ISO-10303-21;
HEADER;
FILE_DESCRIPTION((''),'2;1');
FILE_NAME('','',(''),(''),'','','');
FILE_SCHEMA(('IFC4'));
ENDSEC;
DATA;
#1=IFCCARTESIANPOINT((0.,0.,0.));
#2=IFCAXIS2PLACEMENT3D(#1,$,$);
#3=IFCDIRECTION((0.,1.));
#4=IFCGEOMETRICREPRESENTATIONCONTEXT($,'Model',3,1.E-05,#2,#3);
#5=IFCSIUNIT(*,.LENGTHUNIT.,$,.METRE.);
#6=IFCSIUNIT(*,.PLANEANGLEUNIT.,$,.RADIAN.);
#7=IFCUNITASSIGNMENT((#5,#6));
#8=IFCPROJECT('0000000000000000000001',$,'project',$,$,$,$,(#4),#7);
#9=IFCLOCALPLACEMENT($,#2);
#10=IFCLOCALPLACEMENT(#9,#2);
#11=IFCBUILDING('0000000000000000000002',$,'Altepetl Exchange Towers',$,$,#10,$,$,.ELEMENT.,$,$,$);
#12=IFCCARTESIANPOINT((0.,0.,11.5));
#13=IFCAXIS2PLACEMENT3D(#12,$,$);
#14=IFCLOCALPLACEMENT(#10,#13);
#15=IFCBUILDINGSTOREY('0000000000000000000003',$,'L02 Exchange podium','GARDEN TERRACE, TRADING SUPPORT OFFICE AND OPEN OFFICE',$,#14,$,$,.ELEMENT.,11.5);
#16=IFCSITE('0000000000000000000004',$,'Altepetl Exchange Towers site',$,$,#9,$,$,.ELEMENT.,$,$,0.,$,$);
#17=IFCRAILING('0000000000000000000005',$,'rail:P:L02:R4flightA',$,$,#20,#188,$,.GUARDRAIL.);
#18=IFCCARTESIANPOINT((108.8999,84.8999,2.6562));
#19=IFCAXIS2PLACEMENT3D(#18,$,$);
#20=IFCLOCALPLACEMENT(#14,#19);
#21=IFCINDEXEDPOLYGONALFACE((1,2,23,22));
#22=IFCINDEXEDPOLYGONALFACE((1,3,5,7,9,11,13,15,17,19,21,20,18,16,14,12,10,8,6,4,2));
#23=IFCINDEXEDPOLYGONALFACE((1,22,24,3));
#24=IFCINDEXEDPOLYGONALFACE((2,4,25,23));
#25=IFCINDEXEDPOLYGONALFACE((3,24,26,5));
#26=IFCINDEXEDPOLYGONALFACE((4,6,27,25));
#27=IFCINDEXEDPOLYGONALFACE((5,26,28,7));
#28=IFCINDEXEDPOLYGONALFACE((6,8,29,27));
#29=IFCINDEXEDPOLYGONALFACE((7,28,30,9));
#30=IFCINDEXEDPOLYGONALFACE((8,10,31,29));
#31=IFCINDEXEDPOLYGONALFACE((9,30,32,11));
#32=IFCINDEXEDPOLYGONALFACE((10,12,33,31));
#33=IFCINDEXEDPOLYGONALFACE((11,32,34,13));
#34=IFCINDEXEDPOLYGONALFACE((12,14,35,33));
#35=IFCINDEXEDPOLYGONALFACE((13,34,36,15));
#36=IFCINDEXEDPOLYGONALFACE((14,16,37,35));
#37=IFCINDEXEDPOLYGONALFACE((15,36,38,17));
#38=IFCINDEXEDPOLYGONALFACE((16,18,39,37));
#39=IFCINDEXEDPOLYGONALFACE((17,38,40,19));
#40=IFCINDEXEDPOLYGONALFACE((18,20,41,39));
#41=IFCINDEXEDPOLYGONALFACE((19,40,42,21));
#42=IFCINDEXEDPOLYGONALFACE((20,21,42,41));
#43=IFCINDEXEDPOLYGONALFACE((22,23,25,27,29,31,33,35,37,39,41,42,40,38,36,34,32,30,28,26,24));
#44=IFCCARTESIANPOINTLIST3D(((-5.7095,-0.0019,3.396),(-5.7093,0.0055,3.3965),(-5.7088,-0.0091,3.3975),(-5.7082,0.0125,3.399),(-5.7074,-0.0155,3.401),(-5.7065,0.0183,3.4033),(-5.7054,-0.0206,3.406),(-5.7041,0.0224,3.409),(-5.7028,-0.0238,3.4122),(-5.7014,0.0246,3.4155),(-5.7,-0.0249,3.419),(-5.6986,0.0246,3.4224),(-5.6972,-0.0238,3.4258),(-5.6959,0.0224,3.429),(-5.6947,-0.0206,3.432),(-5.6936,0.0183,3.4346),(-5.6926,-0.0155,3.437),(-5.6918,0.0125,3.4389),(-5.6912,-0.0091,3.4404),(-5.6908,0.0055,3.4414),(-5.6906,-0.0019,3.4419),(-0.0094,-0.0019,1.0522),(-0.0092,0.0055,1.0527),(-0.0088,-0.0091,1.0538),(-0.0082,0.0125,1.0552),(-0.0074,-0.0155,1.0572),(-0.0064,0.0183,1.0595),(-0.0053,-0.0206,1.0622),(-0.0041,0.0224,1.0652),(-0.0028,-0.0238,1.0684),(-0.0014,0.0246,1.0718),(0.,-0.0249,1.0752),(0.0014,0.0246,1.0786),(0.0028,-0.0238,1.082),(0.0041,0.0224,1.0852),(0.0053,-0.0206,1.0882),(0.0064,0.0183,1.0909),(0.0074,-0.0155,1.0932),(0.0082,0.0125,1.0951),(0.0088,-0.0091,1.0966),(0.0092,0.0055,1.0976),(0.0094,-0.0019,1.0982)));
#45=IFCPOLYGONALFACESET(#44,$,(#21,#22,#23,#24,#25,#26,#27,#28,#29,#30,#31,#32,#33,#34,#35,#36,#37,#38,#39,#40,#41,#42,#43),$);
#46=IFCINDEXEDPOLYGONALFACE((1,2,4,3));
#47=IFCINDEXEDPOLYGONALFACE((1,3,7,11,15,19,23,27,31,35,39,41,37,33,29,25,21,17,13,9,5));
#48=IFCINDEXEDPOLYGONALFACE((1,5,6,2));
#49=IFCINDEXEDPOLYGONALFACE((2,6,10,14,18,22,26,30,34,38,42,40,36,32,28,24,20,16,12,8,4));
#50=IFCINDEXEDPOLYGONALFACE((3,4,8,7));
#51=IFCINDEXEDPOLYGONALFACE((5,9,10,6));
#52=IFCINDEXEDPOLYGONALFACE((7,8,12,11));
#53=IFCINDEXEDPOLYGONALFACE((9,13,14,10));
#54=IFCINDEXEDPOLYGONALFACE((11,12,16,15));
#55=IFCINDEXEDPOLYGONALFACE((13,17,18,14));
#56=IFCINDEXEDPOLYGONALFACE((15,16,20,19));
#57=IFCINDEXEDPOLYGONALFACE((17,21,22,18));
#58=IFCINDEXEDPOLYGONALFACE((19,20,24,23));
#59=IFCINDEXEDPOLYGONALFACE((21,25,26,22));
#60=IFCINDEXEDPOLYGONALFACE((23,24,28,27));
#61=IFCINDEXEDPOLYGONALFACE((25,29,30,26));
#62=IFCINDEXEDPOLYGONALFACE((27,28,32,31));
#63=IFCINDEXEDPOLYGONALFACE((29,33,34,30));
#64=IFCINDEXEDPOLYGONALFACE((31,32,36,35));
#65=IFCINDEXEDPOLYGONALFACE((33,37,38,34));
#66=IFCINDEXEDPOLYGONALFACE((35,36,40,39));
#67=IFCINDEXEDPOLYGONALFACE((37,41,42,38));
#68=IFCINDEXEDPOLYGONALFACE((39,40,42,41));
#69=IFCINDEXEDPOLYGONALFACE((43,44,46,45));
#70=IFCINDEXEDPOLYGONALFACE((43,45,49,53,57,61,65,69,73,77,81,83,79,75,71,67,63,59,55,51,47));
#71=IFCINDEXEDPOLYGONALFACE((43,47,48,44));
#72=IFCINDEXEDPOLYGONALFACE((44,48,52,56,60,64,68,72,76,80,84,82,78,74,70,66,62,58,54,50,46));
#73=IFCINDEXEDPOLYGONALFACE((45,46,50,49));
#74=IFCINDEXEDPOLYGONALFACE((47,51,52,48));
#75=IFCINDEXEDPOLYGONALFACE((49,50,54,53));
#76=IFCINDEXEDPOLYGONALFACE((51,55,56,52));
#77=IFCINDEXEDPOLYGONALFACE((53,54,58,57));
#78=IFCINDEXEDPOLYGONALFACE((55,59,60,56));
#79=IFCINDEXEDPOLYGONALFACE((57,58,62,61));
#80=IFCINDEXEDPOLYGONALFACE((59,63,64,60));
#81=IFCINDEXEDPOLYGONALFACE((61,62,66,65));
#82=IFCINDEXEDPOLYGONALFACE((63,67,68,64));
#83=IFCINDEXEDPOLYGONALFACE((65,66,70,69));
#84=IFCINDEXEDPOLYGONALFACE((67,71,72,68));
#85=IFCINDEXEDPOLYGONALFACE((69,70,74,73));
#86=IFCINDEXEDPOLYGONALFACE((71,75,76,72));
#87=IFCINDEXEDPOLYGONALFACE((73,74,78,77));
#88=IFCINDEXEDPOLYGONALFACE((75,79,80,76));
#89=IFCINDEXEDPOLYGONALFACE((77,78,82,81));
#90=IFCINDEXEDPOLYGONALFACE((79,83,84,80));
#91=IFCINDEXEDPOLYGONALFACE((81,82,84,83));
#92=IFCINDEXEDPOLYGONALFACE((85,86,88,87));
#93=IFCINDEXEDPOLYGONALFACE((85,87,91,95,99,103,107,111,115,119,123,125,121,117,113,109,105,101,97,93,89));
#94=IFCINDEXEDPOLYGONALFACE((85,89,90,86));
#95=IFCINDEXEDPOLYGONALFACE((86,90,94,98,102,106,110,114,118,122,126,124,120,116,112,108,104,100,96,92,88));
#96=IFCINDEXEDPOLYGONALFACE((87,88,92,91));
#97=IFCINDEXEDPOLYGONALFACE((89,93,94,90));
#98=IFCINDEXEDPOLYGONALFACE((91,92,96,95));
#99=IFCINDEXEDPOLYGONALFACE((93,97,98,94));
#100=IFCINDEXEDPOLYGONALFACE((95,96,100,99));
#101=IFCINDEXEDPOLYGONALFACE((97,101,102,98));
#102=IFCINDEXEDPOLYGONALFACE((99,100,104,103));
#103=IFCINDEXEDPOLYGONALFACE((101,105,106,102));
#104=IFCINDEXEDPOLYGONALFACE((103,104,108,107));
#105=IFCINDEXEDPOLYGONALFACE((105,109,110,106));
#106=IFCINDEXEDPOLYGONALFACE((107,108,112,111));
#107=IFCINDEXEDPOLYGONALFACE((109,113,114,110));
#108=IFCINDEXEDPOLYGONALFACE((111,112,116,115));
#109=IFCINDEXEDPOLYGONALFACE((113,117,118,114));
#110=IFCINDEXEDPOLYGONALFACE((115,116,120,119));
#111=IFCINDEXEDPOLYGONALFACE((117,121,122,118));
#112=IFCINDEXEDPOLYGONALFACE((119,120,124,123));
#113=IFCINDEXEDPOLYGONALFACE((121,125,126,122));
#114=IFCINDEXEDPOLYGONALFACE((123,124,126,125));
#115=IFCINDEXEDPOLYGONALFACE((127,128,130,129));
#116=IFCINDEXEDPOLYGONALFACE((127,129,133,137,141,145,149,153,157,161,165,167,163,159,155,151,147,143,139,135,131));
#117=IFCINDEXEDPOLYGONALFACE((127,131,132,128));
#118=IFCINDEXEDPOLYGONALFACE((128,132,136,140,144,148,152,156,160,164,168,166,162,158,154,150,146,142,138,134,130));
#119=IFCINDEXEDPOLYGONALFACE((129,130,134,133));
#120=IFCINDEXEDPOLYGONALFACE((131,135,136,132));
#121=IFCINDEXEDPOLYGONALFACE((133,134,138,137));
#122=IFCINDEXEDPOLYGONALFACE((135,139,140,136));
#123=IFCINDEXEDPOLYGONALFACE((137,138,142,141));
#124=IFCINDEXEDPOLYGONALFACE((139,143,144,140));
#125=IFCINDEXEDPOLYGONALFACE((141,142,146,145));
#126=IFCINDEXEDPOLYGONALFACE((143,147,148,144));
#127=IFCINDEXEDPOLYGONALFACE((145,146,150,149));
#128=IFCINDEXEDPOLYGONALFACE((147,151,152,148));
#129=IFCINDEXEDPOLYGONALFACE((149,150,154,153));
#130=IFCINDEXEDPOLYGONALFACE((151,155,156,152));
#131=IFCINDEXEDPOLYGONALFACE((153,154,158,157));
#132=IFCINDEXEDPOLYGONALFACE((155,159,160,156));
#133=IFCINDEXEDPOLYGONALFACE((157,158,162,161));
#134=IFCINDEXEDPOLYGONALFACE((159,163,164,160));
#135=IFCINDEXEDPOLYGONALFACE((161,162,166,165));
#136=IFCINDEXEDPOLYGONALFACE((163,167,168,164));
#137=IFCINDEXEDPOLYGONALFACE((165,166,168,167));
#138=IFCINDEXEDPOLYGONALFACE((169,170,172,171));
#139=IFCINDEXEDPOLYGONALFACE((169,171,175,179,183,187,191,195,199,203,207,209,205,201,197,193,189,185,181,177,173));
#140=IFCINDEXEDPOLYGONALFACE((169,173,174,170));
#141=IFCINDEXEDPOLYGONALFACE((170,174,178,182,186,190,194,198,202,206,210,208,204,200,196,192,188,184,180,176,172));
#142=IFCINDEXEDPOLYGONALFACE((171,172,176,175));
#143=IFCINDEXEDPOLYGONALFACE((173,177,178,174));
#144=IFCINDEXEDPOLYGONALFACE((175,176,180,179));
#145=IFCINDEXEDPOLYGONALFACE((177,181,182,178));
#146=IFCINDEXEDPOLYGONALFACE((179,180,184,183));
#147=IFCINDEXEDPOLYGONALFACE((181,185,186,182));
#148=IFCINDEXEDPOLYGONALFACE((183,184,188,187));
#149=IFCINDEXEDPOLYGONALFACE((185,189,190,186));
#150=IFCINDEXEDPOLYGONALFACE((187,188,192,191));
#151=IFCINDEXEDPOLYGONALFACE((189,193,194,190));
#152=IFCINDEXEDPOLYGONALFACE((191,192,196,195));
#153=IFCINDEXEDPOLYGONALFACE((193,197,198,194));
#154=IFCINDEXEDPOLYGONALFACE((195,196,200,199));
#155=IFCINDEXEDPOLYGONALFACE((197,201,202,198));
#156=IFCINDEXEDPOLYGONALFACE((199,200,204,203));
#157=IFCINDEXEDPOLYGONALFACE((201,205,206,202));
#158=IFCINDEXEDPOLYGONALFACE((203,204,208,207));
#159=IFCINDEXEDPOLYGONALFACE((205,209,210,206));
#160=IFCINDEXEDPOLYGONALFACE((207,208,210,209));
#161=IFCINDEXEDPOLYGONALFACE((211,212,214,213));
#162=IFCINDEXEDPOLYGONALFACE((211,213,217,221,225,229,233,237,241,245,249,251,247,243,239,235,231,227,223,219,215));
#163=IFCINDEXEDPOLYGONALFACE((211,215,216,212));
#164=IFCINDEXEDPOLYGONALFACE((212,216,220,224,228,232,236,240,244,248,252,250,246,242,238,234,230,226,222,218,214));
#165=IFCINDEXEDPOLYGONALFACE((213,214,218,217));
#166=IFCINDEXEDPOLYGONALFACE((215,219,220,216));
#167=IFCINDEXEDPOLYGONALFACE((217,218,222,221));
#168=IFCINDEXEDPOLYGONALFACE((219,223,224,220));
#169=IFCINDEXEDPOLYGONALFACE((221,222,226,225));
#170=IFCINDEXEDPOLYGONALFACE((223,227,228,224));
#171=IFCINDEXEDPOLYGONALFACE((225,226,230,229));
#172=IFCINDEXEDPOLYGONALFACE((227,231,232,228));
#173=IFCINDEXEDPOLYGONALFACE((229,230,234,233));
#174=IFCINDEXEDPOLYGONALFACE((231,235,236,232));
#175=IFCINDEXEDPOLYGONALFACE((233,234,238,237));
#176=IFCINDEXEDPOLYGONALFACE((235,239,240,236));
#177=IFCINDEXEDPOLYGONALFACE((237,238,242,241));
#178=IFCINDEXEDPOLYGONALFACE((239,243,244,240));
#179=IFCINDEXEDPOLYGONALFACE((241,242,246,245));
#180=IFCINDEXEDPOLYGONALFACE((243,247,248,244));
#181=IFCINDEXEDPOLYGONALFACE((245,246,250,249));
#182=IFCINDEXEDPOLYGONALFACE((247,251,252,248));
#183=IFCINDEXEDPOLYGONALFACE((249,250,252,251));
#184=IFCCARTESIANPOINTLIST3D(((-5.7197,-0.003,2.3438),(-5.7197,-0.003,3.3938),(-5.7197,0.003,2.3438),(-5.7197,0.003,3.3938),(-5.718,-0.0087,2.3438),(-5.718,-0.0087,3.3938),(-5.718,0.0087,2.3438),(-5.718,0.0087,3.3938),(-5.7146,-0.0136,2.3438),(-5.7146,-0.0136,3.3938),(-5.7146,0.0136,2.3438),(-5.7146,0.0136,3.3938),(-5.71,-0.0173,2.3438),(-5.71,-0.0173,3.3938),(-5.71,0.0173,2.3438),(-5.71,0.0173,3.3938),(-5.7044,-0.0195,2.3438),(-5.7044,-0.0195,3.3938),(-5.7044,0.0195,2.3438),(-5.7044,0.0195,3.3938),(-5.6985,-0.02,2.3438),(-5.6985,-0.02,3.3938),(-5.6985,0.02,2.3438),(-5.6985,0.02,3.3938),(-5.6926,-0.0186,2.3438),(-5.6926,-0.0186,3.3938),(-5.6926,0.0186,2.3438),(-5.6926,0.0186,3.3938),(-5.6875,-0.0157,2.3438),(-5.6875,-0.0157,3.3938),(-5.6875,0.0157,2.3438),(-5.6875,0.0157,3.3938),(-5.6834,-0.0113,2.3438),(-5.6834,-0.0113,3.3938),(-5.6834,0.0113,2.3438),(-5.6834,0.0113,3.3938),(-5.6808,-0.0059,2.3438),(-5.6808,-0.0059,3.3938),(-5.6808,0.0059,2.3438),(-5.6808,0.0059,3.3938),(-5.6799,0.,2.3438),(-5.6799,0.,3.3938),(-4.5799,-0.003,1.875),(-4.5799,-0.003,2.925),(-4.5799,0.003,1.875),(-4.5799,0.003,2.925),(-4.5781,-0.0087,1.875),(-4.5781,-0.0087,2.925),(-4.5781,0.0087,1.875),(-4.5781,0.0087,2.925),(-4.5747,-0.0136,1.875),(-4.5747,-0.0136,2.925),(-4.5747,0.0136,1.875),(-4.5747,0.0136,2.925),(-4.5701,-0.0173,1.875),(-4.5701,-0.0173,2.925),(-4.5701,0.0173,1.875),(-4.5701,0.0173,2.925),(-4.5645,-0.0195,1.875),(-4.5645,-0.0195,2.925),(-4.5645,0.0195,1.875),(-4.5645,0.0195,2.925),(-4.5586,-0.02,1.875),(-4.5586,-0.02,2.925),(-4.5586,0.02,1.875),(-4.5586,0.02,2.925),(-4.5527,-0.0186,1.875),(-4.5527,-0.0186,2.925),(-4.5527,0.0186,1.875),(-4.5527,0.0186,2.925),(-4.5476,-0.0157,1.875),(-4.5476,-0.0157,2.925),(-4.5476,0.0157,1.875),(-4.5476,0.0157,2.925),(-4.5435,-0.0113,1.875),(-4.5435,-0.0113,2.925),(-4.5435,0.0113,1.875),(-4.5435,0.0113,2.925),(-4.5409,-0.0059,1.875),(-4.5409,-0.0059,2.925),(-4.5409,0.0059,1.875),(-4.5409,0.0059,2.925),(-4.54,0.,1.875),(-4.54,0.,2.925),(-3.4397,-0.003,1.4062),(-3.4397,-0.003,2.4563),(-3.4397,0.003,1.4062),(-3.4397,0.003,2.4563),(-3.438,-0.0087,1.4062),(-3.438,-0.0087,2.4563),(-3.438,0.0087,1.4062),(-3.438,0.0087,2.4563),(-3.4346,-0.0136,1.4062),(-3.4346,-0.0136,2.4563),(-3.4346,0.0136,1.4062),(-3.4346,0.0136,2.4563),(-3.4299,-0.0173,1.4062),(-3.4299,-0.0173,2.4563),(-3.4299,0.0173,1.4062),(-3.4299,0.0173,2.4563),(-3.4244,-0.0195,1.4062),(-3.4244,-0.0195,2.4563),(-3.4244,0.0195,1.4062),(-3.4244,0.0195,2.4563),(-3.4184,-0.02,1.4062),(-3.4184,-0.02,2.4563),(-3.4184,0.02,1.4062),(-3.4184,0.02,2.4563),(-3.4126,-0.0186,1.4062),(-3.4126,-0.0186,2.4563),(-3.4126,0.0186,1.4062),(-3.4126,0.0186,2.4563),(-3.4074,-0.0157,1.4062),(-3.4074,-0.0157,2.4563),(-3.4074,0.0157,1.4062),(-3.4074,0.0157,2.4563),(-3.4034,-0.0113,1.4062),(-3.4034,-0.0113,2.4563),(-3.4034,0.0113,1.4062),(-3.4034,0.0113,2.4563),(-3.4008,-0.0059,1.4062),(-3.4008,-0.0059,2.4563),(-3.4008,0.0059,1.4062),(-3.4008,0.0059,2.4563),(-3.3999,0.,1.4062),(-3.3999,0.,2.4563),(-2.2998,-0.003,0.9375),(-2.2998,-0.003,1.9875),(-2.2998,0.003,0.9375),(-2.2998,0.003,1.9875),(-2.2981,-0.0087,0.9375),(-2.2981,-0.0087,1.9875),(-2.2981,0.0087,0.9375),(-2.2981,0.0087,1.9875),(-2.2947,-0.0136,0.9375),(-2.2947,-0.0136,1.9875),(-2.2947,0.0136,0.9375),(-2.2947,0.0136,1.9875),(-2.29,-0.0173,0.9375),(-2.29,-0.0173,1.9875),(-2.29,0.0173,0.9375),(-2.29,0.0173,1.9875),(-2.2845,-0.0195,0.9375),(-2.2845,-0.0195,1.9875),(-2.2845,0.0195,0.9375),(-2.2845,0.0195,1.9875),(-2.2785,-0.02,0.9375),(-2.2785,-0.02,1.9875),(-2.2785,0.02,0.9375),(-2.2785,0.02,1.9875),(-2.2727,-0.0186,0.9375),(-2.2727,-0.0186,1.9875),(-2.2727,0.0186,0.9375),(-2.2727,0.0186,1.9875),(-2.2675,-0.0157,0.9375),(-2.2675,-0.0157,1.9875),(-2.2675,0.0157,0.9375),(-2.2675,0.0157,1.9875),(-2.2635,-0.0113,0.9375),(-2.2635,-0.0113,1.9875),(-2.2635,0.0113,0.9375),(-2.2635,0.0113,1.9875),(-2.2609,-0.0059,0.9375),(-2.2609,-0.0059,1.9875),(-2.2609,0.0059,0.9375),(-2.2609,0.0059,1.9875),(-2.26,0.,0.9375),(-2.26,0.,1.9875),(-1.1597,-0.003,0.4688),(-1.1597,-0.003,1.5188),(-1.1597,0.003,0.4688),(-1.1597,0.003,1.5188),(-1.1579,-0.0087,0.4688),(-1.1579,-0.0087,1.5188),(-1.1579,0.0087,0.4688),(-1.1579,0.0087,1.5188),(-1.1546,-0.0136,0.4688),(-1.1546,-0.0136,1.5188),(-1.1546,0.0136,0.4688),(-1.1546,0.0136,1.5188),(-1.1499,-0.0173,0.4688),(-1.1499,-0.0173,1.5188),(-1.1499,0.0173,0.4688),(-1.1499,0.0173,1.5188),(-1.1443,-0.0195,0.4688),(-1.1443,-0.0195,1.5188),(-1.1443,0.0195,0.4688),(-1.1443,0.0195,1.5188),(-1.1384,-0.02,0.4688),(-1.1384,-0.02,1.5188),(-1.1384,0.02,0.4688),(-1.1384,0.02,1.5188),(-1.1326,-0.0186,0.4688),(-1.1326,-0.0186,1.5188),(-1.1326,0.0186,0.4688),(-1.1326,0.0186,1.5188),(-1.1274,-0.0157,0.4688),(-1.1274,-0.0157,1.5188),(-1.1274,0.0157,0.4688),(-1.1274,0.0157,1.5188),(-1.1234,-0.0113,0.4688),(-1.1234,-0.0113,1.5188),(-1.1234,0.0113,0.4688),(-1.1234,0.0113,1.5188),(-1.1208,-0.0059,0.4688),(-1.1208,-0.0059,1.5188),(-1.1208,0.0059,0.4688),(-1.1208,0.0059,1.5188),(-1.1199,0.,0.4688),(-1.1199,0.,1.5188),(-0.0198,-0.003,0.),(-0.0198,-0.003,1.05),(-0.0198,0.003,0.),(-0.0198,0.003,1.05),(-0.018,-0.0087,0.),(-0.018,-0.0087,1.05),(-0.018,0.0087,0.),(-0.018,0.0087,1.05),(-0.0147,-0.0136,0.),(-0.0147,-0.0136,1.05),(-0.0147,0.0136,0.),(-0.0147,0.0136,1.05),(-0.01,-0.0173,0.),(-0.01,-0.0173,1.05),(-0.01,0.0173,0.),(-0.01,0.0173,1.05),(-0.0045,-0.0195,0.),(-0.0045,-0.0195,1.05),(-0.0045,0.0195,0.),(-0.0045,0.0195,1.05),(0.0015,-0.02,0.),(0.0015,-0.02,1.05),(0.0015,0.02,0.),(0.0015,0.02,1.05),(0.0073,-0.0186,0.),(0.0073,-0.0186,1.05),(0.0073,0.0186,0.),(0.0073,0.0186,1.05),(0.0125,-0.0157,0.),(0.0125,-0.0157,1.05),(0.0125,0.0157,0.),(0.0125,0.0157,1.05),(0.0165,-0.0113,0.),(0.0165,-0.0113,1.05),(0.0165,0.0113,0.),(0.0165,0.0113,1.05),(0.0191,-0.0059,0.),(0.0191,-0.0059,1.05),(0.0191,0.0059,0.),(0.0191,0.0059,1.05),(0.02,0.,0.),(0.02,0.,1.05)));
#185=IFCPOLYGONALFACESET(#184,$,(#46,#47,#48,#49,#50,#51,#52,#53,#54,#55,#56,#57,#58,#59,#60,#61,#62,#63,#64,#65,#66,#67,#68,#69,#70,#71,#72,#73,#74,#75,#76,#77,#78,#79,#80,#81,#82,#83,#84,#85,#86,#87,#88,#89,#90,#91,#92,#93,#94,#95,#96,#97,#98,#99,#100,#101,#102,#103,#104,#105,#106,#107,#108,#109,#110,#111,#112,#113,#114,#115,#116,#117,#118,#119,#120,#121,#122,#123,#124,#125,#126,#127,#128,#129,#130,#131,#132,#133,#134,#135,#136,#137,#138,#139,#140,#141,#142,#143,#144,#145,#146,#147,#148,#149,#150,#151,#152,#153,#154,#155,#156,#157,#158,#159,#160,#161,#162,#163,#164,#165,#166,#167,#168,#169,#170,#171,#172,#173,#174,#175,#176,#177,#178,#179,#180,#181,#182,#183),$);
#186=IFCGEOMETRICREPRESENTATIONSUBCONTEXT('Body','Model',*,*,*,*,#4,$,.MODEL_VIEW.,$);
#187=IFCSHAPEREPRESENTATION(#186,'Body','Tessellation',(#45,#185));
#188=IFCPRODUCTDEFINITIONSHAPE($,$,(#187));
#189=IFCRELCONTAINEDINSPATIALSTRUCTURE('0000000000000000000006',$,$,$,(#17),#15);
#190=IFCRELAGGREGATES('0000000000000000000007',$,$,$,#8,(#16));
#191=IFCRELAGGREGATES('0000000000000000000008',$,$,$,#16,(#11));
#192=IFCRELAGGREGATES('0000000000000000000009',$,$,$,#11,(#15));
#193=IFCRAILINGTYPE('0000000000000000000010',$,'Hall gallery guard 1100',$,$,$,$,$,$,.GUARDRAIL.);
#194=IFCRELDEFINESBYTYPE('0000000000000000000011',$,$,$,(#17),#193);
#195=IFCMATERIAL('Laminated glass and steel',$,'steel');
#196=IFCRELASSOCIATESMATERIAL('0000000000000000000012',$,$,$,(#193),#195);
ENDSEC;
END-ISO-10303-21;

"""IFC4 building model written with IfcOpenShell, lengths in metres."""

from ifc_helpers import new_model, si_unit, direction, frame, origin, origin_2d, place, context, subcontext, project, spatial, circle, extrude, source, transform, mapped, material, type_object, element, save


model = new_model("IFC4")

# Units and contexts
model_context = context("Model", 3, precision=1e-05, world=origin(), true_north=direction((0.0, 1.0)))
body_context = subcontext(model_context, "Body", "Model", "MODEL_VIEW")
ifc_project = project(units=[si_unit("LENGTHUNIT", "METRE"), si_unit("PLANEANGLEUNIT", "RADIAN")], contexts=[model_context])

# Site, building, storey
site_placement = place(None, origin())
site = spatial("IfcSite", under=ifc_project, at=site_placement, Name="Altepetl Exchange Towers site", CompositionType="ELEMENT", RefElevation=0.0)
building_placement = place(site_placement, origin())
building = spatial("IfcBuilding", under=site, at=building_placement, Name="Altepetl Exchange Towers", CompositionType="ELEMENT")
storey_placement = place(building_placement, frame((0.0, 0.0, 11.5)))
storey = spatial("IfcBuildingStorey", under=building, at=storey_placement, Name="L02 Exchange podium", Description="GARDEN TERRACE, TRADING SUPPORT OFFICE AND OPEN OFFICE", CompositionType="ELEMENT", Elevation=11.5)

# Railing
ifc_material_1 = material(Name="Laminated glass and steel", Category="steel")
railing_type_1 = type_object("IfcRailingType", Name="Hall gallery guard 1100", PredefinedType="GUARDRAIL", material=ifc_material_1)
shared_shape_1 = source(origin(), body_context, "Body", "SweptSolid", [
    extrude(circle(Radius=0.02, at=origin_2d()), origin(), (0.0, 0.0, 1.0), 1.05),
])
for number, where, name in (
    (1, (108.8999, 84.8999, 2.6562), "rail:P:L02:R4flightA"),
):
    element("IfcRailing", number, at=place(storey_placement, frame(where)), inside=storey, type_object=railing_type_1, Name=name, PredefinedType="GUARDRAIL", context=body_context, shape_type="SweptSolid", body=[
        extrude(circle(Radius=0.0249, at=origin_2d()), frame((0.0, 0.0, 1.0752), z_axis=(-0.924866, 0.0, 0.380293), x_axis=(0.0, -1.0, 0.0)), (0.0, 0.0, 1.0), 6.1631),
        mapped(shared_shape_1, transform((0.0, 0.0, 0.0))),
        mapped(shared_shape_1, transform((-1.1399, 0.0, 0.4688))),
        mapped(shared_shape_1, transform((-2.28, 0.0, 0.9375))),
        mapped(shared_shape_1, transform((-3.4199, 0.0, 1.4062))),
        mapped(shared_shape_1, transform((-4.5601, 0.0, 1.875))),
        mapped(shared_shape_1, transform((-5.7, 0.0, 2.3438))),
    ])

save(model, "model.ifc")
